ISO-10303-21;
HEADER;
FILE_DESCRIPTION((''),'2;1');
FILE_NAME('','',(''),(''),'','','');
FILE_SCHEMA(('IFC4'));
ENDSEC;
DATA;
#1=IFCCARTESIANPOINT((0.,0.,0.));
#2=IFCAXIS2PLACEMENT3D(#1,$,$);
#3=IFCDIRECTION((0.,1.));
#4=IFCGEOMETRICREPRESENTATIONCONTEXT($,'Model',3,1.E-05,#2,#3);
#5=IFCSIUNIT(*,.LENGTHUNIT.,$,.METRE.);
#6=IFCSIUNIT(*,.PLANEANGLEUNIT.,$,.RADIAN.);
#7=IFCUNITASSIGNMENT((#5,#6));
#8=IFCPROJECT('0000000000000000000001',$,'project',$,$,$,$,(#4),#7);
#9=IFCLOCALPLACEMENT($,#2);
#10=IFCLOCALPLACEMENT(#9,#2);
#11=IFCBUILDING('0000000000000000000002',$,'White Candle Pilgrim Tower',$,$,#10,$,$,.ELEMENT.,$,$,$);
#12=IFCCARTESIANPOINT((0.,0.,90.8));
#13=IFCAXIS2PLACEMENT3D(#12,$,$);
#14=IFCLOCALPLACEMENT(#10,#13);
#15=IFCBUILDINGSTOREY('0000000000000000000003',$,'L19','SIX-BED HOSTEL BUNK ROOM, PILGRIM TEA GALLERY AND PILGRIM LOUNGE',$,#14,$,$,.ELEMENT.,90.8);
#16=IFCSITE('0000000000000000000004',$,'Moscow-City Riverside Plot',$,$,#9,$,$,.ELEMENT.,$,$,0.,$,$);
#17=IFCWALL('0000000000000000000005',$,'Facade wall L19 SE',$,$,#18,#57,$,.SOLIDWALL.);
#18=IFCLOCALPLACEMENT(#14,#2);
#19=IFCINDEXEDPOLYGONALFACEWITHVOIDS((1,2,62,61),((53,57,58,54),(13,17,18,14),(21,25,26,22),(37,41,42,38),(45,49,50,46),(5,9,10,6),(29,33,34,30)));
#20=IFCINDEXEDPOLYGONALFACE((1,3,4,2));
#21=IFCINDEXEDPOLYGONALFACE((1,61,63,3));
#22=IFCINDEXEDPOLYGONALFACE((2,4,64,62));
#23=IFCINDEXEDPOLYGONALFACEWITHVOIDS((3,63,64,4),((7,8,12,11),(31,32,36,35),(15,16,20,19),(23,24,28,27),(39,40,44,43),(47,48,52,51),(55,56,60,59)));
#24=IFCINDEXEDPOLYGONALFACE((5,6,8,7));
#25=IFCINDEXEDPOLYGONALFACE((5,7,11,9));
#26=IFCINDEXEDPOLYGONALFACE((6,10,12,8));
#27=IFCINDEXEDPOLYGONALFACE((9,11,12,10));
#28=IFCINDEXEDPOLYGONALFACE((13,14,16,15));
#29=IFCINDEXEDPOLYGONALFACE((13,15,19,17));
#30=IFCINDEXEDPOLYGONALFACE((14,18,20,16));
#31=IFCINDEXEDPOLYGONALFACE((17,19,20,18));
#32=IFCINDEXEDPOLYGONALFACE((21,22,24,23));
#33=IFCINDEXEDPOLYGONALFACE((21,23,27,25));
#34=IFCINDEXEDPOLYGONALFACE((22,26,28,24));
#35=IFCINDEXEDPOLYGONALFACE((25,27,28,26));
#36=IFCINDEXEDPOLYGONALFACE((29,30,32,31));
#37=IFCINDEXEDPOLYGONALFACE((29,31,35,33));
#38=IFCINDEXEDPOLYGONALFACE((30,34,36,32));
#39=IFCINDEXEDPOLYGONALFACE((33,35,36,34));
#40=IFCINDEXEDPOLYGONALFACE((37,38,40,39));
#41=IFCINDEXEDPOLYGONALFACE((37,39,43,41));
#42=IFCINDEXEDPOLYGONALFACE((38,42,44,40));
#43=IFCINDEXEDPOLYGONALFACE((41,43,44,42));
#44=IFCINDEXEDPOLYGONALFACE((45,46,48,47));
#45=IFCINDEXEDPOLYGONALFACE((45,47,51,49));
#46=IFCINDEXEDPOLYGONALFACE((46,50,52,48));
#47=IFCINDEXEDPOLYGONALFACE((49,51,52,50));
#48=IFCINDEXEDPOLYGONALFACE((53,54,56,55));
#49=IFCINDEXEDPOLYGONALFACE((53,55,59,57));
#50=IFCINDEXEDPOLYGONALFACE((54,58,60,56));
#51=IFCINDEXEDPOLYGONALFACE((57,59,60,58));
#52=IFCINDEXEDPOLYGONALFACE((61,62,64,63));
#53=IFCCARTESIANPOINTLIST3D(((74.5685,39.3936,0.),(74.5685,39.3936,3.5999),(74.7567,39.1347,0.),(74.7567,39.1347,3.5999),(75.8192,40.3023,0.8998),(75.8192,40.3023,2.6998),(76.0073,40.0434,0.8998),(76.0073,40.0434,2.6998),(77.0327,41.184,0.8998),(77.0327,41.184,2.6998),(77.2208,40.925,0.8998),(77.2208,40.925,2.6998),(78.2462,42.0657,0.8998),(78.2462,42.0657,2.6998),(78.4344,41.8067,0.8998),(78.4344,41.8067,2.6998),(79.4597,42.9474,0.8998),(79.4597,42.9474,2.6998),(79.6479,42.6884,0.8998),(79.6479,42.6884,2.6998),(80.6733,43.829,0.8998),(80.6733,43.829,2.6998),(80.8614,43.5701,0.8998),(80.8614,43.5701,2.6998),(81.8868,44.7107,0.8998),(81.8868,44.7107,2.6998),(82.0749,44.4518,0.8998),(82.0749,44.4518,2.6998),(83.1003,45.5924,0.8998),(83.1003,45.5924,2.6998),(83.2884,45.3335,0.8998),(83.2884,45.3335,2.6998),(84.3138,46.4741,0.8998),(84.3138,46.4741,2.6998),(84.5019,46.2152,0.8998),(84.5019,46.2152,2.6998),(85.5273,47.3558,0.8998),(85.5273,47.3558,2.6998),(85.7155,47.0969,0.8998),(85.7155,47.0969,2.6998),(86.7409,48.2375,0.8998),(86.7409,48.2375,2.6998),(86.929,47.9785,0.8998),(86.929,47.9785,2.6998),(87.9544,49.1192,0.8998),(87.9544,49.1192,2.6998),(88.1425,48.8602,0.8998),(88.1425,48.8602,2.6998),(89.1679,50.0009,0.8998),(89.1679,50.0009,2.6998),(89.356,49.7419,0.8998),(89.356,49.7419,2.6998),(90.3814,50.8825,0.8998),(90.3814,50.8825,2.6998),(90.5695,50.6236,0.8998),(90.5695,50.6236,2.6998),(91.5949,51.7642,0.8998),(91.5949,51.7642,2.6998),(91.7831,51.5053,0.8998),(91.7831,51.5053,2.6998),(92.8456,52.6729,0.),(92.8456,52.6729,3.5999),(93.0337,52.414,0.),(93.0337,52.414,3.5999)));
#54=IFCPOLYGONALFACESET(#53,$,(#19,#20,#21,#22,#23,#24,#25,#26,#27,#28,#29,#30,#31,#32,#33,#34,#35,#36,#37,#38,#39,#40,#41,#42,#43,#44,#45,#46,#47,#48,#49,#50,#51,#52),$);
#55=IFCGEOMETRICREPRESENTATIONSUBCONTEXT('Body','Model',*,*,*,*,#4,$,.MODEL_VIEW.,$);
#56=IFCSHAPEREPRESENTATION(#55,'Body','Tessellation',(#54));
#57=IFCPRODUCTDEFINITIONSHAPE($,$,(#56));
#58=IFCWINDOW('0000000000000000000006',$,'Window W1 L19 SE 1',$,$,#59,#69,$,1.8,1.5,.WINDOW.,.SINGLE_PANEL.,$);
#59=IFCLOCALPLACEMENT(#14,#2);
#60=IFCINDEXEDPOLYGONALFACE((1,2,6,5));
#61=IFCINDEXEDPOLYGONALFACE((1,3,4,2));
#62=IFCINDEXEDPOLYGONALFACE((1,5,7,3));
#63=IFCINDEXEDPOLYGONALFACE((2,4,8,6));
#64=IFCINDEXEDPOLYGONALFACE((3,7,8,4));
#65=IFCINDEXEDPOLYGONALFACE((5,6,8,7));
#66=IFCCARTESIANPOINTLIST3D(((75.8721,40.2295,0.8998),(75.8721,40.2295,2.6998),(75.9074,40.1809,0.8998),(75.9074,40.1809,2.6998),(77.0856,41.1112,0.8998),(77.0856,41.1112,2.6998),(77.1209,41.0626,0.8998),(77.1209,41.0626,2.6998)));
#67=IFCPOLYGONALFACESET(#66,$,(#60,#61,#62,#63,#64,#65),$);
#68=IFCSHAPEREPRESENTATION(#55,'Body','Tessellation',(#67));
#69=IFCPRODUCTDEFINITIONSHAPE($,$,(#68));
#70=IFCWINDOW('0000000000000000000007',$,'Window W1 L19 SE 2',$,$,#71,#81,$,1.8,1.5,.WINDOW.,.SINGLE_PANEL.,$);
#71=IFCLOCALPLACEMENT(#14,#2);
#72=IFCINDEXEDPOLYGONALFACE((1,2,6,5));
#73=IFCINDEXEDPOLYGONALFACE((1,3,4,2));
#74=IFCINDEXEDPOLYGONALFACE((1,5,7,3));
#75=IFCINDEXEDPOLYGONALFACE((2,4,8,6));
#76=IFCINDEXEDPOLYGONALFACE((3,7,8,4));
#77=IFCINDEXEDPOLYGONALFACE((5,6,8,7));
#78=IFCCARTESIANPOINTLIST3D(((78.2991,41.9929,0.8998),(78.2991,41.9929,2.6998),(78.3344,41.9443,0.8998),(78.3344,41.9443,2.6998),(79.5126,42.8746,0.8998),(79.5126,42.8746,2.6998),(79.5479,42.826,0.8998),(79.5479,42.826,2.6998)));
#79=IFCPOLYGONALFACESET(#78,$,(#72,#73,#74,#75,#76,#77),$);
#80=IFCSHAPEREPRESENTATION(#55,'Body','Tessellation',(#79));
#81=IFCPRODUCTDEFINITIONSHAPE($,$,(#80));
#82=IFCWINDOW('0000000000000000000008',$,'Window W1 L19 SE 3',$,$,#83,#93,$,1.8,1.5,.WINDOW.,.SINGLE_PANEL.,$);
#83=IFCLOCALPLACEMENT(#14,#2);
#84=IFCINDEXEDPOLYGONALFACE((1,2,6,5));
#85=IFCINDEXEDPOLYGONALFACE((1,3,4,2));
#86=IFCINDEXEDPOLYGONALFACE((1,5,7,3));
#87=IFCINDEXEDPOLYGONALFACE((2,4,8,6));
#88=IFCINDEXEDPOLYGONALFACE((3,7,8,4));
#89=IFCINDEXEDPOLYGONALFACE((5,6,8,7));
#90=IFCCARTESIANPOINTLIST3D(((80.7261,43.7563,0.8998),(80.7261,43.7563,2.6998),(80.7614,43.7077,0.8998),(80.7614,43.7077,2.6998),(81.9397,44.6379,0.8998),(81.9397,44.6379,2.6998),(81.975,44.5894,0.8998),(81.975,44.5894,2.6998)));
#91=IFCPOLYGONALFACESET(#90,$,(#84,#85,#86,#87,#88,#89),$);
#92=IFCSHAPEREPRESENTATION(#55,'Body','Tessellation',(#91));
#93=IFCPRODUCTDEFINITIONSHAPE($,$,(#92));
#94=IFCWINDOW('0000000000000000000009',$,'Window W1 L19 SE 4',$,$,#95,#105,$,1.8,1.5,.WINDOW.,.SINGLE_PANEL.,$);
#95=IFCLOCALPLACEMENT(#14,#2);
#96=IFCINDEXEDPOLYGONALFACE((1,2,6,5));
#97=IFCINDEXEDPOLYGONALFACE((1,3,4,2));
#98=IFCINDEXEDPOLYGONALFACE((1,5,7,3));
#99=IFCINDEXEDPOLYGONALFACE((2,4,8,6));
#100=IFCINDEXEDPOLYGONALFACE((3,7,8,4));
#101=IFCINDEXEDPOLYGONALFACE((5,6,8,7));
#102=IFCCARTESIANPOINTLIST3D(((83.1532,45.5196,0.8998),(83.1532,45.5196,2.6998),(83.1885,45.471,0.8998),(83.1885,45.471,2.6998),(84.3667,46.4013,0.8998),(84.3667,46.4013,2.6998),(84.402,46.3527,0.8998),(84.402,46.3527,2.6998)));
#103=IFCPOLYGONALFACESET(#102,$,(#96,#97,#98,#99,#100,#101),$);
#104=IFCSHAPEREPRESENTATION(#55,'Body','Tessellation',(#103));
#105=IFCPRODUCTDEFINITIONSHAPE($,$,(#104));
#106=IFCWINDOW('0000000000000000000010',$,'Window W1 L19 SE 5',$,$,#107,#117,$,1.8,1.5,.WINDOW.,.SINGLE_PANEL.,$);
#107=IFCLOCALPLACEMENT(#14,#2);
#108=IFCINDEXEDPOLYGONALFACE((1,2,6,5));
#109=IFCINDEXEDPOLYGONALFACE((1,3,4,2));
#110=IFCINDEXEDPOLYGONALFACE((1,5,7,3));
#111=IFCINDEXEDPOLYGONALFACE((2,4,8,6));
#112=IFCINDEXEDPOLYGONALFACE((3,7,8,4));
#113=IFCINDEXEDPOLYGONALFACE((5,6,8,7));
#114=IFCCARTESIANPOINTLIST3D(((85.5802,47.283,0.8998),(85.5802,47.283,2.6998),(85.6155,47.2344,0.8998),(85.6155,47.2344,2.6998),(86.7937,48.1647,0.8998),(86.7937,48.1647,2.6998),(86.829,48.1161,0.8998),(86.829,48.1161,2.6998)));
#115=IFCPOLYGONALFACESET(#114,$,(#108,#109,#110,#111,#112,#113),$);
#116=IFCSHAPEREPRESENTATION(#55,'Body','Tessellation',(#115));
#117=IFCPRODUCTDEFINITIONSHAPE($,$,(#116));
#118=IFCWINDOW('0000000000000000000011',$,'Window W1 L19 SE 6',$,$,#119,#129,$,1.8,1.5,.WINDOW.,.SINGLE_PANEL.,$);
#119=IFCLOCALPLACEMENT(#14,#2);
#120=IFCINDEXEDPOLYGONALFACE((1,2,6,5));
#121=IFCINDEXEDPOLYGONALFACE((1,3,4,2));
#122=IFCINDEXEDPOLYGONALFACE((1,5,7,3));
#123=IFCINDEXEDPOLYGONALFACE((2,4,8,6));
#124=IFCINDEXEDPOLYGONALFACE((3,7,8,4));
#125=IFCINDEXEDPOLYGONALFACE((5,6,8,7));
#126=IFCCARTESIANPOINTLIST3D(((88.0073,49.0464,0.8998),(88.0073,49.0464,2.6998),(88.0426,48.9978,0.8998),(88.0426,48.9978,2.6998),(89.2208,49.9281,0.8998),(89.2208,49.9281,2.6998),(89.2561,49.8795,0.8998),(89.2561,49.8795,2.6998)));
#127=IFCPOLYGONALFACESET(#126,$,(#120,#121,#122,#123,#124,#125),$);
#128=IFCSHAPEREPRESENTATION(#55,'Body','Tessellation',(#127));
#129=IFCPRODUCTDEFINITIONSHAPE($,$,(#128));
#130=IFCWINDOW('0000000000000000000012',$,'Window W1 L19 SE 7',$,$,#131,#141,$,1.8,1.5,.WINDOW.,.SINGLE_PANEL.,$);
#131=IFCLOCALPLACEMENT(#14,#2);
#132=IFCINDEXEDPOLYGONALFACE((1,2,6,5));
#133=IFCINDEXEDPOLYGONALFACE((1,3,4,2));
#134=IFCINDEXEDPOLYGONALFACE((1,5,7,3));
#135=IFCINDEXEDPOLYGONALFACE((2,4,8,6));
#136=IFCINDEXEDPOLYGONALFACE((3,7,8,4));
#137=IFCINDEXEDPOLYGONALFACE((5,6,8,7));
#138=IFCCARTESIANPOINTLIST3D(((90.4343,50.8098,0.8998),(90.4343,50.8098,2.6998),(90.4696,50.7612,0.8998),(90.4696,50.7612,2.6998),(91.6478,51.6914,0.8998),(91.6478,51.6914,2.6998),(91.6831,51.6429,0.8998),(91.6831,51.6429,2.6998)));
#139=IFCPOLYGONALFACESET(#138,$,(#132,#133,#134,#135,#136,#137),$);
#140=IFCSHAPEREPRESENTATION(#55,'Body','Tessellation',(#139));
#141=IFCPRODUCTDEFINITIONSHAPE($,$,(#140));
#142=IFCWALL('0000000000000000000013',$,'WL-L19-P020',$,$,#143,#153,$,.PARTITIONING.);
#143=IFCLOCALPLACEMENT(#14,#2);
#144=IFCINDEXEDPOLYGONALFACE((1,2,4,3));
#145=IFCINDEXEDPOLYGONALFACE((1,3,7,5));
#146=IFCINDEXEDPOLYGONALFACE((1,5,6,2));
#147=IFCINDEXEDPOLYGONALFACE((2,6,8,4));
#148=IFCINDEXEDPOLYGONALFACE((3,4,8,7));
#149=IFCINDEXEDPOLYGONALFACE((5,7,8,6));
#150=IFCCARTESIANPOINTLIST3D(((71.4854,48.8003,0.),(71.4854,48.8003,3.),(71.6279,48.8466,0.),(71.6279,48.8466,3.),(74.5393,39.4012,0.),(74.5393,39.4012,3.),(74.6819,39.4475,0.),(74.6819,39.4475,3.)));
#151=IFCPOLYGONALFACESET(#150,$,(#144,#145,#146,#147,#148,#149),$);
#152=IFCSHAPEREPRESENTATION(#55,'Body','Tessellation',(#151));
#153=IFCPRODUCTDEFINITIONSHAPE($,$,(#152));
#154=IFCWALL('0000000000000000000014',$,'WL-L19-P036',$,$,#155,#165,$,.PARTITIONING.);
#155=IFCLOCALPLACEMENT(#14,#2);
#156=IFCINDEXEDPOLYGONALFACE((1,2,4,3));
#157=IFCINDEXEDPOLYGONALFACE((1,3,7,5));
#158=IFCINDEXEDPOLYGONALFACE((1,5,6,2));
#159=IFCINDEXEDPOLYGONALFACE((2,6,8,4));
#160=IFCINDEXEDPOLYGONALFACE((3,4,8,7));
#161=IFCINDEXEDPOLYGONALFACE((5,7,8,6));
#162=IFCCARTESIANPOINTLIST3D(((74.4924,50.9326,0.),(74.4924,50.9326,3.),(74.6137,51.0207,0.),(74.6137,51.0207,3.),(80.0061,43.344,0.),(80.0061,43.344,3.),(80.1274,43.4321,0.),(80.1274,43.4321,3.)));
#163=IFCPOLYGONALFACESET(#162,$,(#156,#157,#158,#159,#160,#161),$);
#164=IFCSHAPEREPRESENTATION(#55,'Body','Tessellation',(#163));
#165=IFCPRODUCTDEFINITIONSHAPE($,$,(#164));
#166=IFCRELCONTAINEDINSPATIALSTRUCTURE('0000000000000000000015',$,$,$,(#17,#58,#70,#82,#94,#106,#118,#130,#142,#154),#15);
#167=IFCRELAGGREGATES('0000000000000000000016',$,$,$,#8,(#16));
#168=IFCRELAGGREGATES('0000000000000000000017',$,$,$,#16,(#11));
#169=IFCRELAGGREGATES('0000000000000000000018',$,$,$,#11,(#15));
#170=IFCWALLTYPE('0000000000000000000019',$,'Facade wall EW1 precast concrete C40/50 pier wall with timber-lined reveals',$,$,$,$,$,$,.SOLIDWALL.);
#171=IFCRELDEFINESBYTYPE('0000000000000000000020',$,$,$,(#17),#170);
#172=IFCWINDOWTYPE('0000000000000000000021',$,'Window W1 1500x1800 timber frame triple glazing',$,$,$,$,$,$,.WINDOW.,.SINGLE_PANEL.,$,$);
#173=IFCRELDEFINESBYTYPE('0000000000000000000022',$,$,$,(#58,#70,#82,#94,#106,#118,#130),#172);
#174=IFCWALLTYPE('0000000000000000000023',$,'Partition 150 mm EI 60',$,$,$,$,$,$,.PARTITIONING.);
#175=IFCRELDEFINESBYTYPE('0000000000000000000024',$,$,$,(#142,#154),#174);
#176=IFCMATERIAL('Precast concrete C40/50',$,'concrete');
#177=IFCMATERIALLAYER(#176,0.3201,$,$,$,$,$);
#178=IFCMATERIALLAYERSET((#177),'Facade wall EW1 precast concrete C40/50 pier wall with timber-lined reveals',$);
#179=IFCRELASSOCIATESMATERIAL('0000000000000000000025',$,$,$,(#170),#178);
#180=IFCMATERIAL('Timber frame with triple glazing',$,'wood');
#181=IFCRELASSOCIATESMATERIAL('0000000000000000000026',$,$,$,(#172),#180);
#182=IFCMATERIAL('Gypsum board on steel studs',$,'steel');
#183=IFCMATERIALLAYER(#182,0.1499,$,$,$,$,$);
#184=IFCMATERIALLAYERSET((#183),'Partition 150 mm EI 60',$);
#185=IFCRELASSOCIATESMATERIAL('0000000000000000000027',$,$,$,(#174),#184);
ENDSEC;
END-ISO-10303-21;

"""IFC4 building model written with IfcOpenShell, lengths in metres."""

from ifc_helpers import new_model, si_unit, direction, frame, frame_2d, origin, place, context, subcontext, project, spatial, rectangle, extrude, material, layer, layer_set, type_object, element, fill, save


model = new_model("IFC4")

# Units and contexts
model_context = context("Model", 3, precision=1e-05, world=origin(), true_north=direction((0.0, 1.0)))
body_context = subcontext(model_context, "Body", "Model", "MODEL_VIEW")
ifc_project = project(units=[si_unit("LENGTHUNIT", "METRE"), si_unit("PLANEANGLEUNIT", "RADIAN")], contexts=[model_context])

# Site, building, storey
site_placement = place(None, origin())
site = spatial("IfcSite", under=ifc_project, at=site_placement, Name="Moscow-City Riverside Plot", CompositionType="ELEMENT", RefElevation=0.0)
building_placement = place(site_placement, origin())
building = spatial("IfcBuilding", under=site, at=building_placement, Name="White Candle Pilgrim Tower", CompositionType="ELEMENT")
storey_placement = place(building_placement, frame((0.0, 0.0, 90.8)))
storey = spatial("IfcBuildingStorey", under=building, at=storey_placement, Name="L19", Description="SIX-BED HOSTEL BUNK ROOM, PILGRIM TEA GALLERY AND PILGRIM LOUNGE", CompositionType="ELEMENT", Elevation=90.8)

# Shared definitions
ifc_material_1 = material(Name="Gypsum board on steel studs", Category="steel")

# Wall, openings, windows
ifc_material_2 = material(Name="Precast concrete C40/50", Category="concrete")
ifc_layer_1 = layer(ifc_material_2, 0.3201)
ifc_layer_set_1 = layer_set([ifc_layer_1], Name="Facade wall EW1 precast concrete C40/50 pier wall with timber-lined reveals")
wall_type_1 = type_object("IfcWallType", Name="Facade wall EW1 precast concrete C40/50 pier wall with timber-lined reveals", PredefinedType="SOLIDWALL", material=ifc_layer_set_1)
wall_1_placement = place(storey_placement, frame((74.6626, 39.2642, 0.0), z_axis=(0.0, 0.0, 1.0), x_axis=(0.809013, 0.587791, 0.0)))
wall_1 = element("IfcWall", 1, at=wall_1_placement, inside=storey, type_object=wall_type_1, Name="Facade wall L19 SE", PredefinedType="SOLIDWALL", context=body_context, shape_type="SweptSolid", body=[
    extrude(rectangle(XDim=22.5918, YDim=0.3201, at=frame_2d((11.2959, 0.0))), origin(), (0.0, 0.0, 1.0), 3.5999),
])
opening_1_placement = place(wall_1_placement, frame((1.5459, 0.0, 0.8999)))
opening_1 = element("IfcOpeningElement", 2, at=opening_1_placement, cuts=wall_1, PredefinedType="OPENING", context=body_context, shape_type="SweptSolid", body=[
    extrude(rectangle(XDim=1.5, YDim=1.8, at=frame_2d((0.75, 0.8999))), frame((0.0, 0.1699, 0.0), z_axis=(0.0, -1.0, 0.0), x_axis=(1.0, 0.0, 0.0)), (0.0, 0.0, 1.0), 0.3401),
])
opening_2_placement = place(wall_1_placement, frame((4.5459, 0.0, 0.8999)))
opening_2 = element("IfcOpeningElement", 3, at=opening_2_placement, cuts=wall_1, PredefinedType="OPENING", context=body_context, shape_type="SweptSolid", body=[
    extrude(rectangle(XDim=1.5, YDim=1.8, at=frame_2d((0.75, 0.8999))), frame((0.0, 0.1699, 0.0), z_axis=(0.0, -1.0, 0.0), x_axis=(1.0, 0.0, 0.0)), (0.0, 0.0, 1.0), 0.3401),
])
opening_3_placement = place(wall_1_placement, frame((7.5459, 0.0, 0.8999)))
opening_3 = element("IfcOpeningElement", 4, at=opening_3_placement, cuts=wall_1, PredefinedType="OPENING", context=body_context, shape_type="SweptSolid", body=[
    extrude(rectangle(XDim=1.5, YDim=1.8, at=frame_2d((0.75, 0.8999))), frame((0.0, 0.1699, 0.0), z_axis=(0.0, -1.0, 0.0), x_axis=(1.0, 0.0, 0.0)), (0.0, 0.0, 1.0), 0.3401),
])
opening_4_placement = place(wall_1_placement, frame((10.5459, 0.0, 0.8999)))
opening_4 = element("IfcOpeningElement", 5, at=opening_4_placement, cuts=wall_1, PredefinedType="OPENING", context=body_context, shape_type="SweptSolid", body=[
    extrude(rectangle(XDim=1.5, YDim=1.8, at=frame_2d((0.75, 0.8999))), frame((0.0, 0.1699, 0.0), z_axis=(0.0, -1.0, 0.0), x_axis=(1.0, 0.0, 0.0)), (0.0, 0.0, 1.0), 0.3401),
])
opening_5_placement = place(wall_1_placement, frame((13.5459, 0.0, 0.8999)))
opening_5 = element("IfcOpeningElement", 6, at=opening_5_placement, cuts=wall_1, PredefinedType="OPENING", context=body_context, shape_type="SweptSolid", body=[
    extrude(rectangle(XDim=1.5, YDim=1.8, at=frame_2d((0.75, 0.8999))), frame((0.0, 0.1699, 0.0), z_axis=(0.0, -1.0, 0.0), x_axis=(1.0, 0.0, 0.0)), (0.0, 0.0, 1.0), 0.3401),
])
opening_6_placement = place(wall_1_placement, frame((16.5459, 0.0, 0.8999)))
opening_6 = element("IfcOpeningElement", 7, at=opening_6_placement, cuts=wall_1, PredefinedType="OPENING", context=body_context, shape_type="SweptSolid", body=[
    extrude(rectangle(XDim=1.5, YDim=1.8, at=frame_2d((0.75, 0.8999))), frame((0.0, 0.1699, 0.0), z_axis=(0.0, -1.0, 0.0), x_axis=(1.0, 0.0, 0.0)), (0.0, 0.0, 1.0), 0.3401),
])
opening_7_placement = place(wall_1_placement, frame((19.5459, 0.0, 0.8999)))
opening_7 = element("IfcOpeningElement", 8, at=opening_7_placement, cuts=wall_1, PredefinedType="OPENING", context=body_context, shape_type="SweptSolid", body=[
    extrude(rectangle(XDim=1.5, YDim=1.8, at=frame_2d((0.75, 0.8999))), frame((0.0, 0.1699, 0.0), z_axis=(0.0, -1.0, 0.0), x_axis=(1.0, 0.0, 0.0)), (0.0, 0.0, 1.0), 0.3401),
])
ifc_material_3 = material(Name="Timber frame with triple glazing", Category="wood")
window_type = type_object("IfcWindowType", Name="Window W1 1500x1800 timber frame triple glazing", PartitioningType="SINGLE_PANEL", PredefinedType="WINDOW", material=ifc_material_3)
window_1_placement = place(opening_1_placement, origin())
window_1 = element("IfcWindow", 9, at=window_1_placement, inside=storey, type_object=window_type, Name="Window W1 L19 SE 1", OverallHeight=1.8, OverallWidth=1.5, PartitioningType="SINGLE_PANEL", PredefinedType="WINDOW", context=body_context, shape_type="SweptSolid", body=[
    extrude(rectangle(XDim=1.5, YDim=1.8, at=frame_2d((0.75, 0.8999))), frame((0.0, 0.0701, 0.0), z_axis=(0.0, -1.0, 0.0), x_axis=(1.0, 0.0, 0.0)), (0.0, 0.0, 1.0), 0.0601),
])
fill(opening_1, window_1)
window_2_placement = place(opening_2_placement, origin())
window_2 = element("IfcWindow", 10, at=window_2_placement, inside=storey, type_object=window_type, Name="Window W1 L19 SE 2", OverallHeight=1.8, OverallWidth=1.5, PartitioningType="SINGLE_PANEL", PredefinedType="WINDOW", context=body_context, shape_type="SweptSolid", body=[
    extrude(rectangle(XDim=1.5, YDim=1.8, at=frame_2d((0.75, 0.8999))), frame((0.0, 0.0701, 0.0), z_axis=(0.0, -1.0, 0.0), x_axis=(1.0, 0.0, 0.0)), (0.0, 0.0, 1.0), 0.0601),
])
fill(opening_2, window_2)
window_3_placement = place(opening_3_placement, origin())
window_3 = element("IfcWindow", 11, at=window_3_placement, inside=storey, type_object=window_type, Name="Window W1 L19 SE 3", OverallHeight=1.8, OverallWidth=1.5, PartitioningType="SINGLE_PANEL", PredefinedType="WINDOW", context=body_context, shape_type="SweptSolid", body=[
    extrude(rectangle(XDim=1.5, YDim=1.8, at=frame_2d((0.75, 0.8999))), frame((0.0, 0.0701, 0.0), z_axis=(0.0, -1.0, 0.0), x_axis=(1.0, 0.0, 0.0)), (0.0, 0.0, 1.0), 0.0601),
])
fill(opening_3, window_3)
window_4_placement = place(opening_4_placement, origin())
window_4 = element("IfcWindow", 12, at=window_4_placement, inside=storey, type_object=window_type, Name="Window W1 L19 SE 4", OverallHeight=1.8, OverallWidth=1.5, PartitioningType="SINGLE_PANEL", PredefinedType="WINDOW", context=body_context, shape_type="SweptSolid", body=[
    extrude(rectangle(XDim=1.5, YDim=1.8, at=frame_2d((0.75, 0.8999))), frame((0.0, 0.0701, 0.0), z_axis=(0.0, -1.0, 0.0), x_axis=(1.0, 0.0, 0.0)), (0.0, 0.0, 1.0), 0.0601),
])
fill(opening_4, window_4)
window_5_placement = place(opening_5_placement, origin())
window_5 = element("IfcWindow", 13, at=window_5_placement, inside=storey, type_object=window_type, Name="Window W1 L19 SE 5", OverallHeight=1.8, OverallWidth=1.5, PartitioningType="SINGLE_PANEL", PredefinedType="WINDOW", context=body_context, shape_type="SweptSolid", body=[
    extrude(rectangle(XDim=1.5, YDim=1.8, at=frame_2d((0.75, 0.8999))), frame((0.0, 0.0701, 0.0), z_axis=(0.0, -1.0, 0.0), x_axis=(1.0, 0.0, 0.0)), (0.0, 0.0, 1.0), 0.0601),
])
fill(opening_5, window_5)
window_6_placement = place(opening_6_placement, origin())
window_6 = element("IfcWindow", 14, at=window_6_placement, inside=storey, type_object=window_type, Name="Window W1 L19 SE 6", OverallHeight=1.8, OverallWidth=1.5, PartitioningType="SINGLE_PANEL", PredefinedType="WINDOW", context=body_context, shape_type="SweptSolid", body=[
    extrude(rectangle(XDim=1.5, YDim=1.8, at=frame_2d((0.75, 0.8999))), frame((0.0, 0.0701, 0.0), z_axis=(0.0, -1.0, 0.0), x_axis=(1.0, 0.0, 0.0)), (0.0, 0.0, 1.0), 0.0601),
])
fill(opening_6, window_6)
window_7_placement = place(opening_7_placement, origin())
window_7 = element("IfcWindow", 15, at=window_7_placement, inside=storey, type_object=window_type, Name="Window W1 L19 SE 7", OverallHeight=1.8, OverallWidth=1.5, PartitioningType="SINGLE_PANEL", PredefinedType="WINDOW", context=body_context, shape_type="SweptSolid", body=[
    extrude(rectangle(XDim=1.5, YDim=1.8, at=frame_2d((0.75, 0.8999))), frame((0.0, 0.0701, 0.0), z_axis=(0.0, -1.0, 0.0), x_axis=(1.0, 0.0, 0.0)), (0.0, 0.0, 1.0), 0.0601),
])
fill(opening_7, window_7)

# Walls
ifc_layer_2 = layer(ifc_material_1, 0.1499)
ifc_layer_set_2 = layer_set([ifc_layer_2], Name="Partition 150 mm EI 60")
wall_type_2 = type_object("IfcWallType", Name="Partition 150 mm EI 60", PredefinedType="PARTITIONING", material=ifc_layer_set_2)
wall_2_placement = place(storey_placement, frame((74.6106, 39.4243, 0.0), z_axis=(0.0, 0.0, 1.0), x_axis=(-0.309015, 0.951057, 0.0)))
element("IfcWall", 16, at=wall_2_placement, inside=storey, type_object=wall_type_2, Name="WL-L19-P020", PredefinedType="PARTITIONING", context=body_context, shape_type="SweptSolid", body=[
    extrude(rectangle(XDim=9.8828, YDim=0.1499, at=frame_2d((4.9414, 0.0))), origin(), (0.0, 0.0, 1.0), 3.0),
])
wall_3_placement = place(storey_placement, frame((80.0667, 43.3882, 0.0), z_axis=(0.0, 0.0, 1.0), x_axis=(-0.5878, 0.809006, 0.0)))
element("IfcWall", 17, at=wall_3_placement, inside=storey, type_object=wall_type_2, Name="WL-L19-P036", PredefinedType="PARTITIONING", context=body_context, shape_type="SweptSolid", body=[
    extrude(rectangle(XDim=9.3801, YDim=0.1499, at=frame_2d((4.6899, 0.0))), origin(), (0.0, 0.0, 1.0), 3.0),
])

save(model, "model.ifc")
